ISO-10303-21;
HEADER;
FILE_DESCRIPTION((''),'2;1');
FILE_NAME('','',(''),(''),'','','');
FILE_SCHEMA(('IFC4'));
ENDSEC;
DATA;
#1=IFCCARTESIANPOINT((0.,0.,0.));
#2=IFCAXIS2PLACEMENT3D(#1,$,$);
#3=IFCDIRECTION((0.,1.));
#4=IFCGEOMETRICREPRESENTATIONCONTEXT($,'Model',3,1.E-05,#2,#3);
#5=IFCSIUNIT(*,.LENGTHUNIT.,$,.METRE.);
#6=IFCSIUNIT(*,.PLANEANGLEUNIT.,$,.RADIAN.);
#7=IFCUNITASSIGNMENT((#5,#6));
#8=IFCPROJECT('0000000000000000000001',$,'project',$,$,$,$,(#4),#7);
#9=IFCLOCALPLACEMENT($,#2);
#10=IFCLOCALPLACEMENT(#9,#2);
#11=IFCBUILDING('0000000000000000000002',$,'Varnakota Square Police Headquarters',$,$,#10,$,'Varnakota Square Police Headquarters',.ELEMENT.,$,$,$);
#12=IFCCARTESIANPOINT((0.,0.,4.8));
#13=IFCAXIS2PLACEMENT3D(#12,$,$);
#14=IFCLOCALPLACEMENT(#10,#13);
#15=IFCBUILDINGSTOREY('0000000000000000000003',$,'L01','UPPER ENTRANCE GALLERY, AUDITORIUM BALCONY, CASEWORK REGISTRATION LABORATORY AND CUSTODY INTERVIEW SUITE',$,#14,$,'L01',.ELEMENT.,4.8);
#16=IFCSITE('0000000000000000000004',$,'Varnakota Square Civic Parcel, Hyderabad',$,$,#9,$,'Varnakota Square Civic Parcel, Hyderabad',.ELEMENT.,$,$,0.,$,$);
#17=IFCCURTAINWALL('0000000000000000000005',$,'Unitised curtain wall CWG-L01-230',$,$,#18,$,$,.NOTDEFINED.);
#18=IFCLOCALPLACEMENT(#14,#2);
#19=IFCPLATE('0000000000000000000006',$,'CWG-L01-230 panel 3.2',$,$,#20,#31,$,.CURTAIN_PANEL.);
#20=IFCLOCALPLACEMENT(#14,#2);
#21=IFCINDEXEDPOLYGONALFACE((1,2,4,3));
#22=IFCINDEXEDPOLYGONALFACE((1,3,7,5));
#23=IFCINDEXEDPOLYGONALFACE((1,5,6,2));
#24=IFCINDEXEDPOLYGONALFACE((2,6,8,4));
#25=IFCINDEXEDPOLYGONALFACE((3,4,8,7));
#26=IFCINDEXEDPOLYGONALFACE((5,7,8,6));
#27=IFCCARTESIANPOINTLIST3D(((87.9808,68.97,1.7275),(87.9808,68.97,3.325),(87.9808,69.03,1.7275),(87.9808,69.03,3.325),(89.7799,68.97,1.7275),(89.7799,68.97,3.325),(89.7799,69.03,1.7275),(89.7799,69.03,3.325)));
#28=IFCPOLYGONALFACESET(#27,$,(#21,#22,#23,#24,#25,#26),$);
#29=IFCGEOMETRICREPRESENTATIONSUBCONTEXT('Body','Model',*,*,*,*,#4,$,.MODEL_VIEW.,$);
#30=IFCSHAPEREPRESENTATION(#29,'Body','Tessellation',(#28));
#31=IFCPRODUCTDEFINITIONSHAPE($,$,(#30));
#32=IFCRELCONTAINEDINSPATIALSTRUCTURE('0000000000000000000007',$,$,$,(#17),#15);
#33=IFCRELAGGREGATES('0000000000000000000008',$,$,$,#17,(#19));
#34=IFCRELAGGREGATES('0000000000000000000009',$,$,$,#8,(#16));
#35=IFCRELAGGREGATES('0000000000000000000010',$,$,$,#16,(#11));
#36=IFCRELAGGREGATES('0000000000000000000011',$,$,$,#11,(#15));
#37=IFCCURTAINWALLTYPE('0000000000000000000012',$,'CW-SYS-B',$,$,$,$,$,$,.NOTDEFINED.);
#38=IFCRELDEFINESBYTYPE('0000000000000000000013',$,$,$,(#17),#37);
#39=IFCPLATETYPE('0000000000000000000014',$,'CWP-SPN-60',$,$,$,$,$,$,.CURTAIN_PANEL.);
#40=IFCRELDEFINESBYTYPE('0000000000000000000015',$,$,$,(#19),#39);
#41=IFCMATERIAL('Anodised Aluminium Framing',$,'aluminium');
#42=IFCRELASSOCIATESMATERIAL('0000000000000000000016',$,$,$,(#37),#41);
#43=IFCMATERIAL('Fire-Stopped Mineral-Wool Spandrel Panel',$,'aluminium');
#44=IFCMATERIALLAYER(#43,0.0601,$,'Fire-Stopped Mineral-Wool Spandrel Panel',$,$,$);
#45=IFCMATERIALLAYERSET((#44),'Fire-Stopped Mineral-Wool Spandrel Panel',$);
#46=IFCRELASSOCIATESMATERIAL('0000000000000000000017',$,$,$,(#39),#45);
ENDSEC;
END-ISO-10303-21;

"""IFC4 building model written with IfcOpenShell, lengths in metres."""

from ifc_helpers import new_model, si_unit, direction, frame, origin, origin_2d, place, context, subcontext, project, spatial, rectangle, extrude, material, layer, layer_set, type_object, element, aggregate, save


model = new_model("IFC4")

# Units and contexts
model_context = context("Model", 3, precision=1e-05, world=origin(), true_north=direction((0.0, 1.0)))
body_context = subcontext(model_context, "Body", "Model", "MODEL_VIEW")
ifc_project = project(units=[si_unit("LENGTHUNIT", "METRE"), si_unit("PLANEANGLEUNIT", "RADIAN")], contexts=[model_context])

# Site, building, storey
site_placement = place(None, origin())
site = spatial("IfcSite", under=ifc_project, at=site_placement, Name="Varnakota Square Civic Parcel, Hyderabad", LongName="Varnakota Square Civic Parcel, Hyderabad", CompositionType="ELEMENT", RefElevation=0.0)
building_placement = place(site_placement, origin())
building = spatial("IfcBuilding", under=site, at=building_placement, Name="Varnakota Square Police Headquarters", LongName="Varnakota Square Police Headquarters", CompositionType="ELEMENT")
storey_placement = place(building_placement, frame((0.0, 0.0, 4.8)))
storey = spatial("IfcBuildingStorey", under=building, at=storey_placement, Name="L01", Description="UPPER ENTRANCE GALLERY, AUDITORIUM BALCONY, CASEWORK REGISTRATION LABORATORY AND CUSTODY INTERVIEW SUITE", LongName="L01", CompositionType="ELEMENT", Elevation=4.8)

# Curtain wall
ifc_material_1 = material(Name="Anodised Aluminium Framing", Category="aluminium")
curtain_wall_type = type_object("IfcCurtainWallType", Name="CW-SYS-B", PredefinedType="NOTDEFINED", material=ifc_material_1)
curtain_wall_1_placement = place(storey_placement, origin())
curtain_wall_1 = element("IfcCurtainWall", 1, at=curtain_wall_1_placement, inside=storey, type_object=curtain_wall_type, Name="Unitised curtain wall CWG-L01-230", PredefinedType="NOTDEFINED")

# Plate
ifc_material_2 = material(Name="Fire-Stopped Mineral-Wool Spandrel Panel", Category="aluminium")
ifc_layer_1 = layer(ifc_material_2, 0.0601, Name="Fire-Stopped Mineral-Wool Spandrel Panel")
ifc_layer_set_1 = layer_set([ifc_layer_1], Name="Fire-Stopped Mineral-Wool Spandrel Panel")
plate_type_1 = type_object("IfcPlateType", Name="CWP-SPN-60", PredefinedType="CURTAIN_PANEL", material=ifc_layer_set_1)
plate_1_placement = place(storey_placement, frame((88.8804, 69.0, 1.7275), z_axis=(0.0, 0.0, 1.0), x_axis=(1.0, 0.0, 0.0)))
plate_1 = element("IfcPlate", 2, at=plate_1_placement, type_object=plate_type_1, Name="CWG-L01-230 panel 3.2", PredefinedType="CURTAIN_PANEL", context=body_context, shape_type="SweptSolid", body=[
    extrude(rectangle(XDim=1.7991, YDim=0.0601, at=origin_2d()), origin(), (0.0, 0.0, 1.0), 1.5974),
])
aggregate(curtain_wall_1, [plate_1])

save(model, "model.ifc")
